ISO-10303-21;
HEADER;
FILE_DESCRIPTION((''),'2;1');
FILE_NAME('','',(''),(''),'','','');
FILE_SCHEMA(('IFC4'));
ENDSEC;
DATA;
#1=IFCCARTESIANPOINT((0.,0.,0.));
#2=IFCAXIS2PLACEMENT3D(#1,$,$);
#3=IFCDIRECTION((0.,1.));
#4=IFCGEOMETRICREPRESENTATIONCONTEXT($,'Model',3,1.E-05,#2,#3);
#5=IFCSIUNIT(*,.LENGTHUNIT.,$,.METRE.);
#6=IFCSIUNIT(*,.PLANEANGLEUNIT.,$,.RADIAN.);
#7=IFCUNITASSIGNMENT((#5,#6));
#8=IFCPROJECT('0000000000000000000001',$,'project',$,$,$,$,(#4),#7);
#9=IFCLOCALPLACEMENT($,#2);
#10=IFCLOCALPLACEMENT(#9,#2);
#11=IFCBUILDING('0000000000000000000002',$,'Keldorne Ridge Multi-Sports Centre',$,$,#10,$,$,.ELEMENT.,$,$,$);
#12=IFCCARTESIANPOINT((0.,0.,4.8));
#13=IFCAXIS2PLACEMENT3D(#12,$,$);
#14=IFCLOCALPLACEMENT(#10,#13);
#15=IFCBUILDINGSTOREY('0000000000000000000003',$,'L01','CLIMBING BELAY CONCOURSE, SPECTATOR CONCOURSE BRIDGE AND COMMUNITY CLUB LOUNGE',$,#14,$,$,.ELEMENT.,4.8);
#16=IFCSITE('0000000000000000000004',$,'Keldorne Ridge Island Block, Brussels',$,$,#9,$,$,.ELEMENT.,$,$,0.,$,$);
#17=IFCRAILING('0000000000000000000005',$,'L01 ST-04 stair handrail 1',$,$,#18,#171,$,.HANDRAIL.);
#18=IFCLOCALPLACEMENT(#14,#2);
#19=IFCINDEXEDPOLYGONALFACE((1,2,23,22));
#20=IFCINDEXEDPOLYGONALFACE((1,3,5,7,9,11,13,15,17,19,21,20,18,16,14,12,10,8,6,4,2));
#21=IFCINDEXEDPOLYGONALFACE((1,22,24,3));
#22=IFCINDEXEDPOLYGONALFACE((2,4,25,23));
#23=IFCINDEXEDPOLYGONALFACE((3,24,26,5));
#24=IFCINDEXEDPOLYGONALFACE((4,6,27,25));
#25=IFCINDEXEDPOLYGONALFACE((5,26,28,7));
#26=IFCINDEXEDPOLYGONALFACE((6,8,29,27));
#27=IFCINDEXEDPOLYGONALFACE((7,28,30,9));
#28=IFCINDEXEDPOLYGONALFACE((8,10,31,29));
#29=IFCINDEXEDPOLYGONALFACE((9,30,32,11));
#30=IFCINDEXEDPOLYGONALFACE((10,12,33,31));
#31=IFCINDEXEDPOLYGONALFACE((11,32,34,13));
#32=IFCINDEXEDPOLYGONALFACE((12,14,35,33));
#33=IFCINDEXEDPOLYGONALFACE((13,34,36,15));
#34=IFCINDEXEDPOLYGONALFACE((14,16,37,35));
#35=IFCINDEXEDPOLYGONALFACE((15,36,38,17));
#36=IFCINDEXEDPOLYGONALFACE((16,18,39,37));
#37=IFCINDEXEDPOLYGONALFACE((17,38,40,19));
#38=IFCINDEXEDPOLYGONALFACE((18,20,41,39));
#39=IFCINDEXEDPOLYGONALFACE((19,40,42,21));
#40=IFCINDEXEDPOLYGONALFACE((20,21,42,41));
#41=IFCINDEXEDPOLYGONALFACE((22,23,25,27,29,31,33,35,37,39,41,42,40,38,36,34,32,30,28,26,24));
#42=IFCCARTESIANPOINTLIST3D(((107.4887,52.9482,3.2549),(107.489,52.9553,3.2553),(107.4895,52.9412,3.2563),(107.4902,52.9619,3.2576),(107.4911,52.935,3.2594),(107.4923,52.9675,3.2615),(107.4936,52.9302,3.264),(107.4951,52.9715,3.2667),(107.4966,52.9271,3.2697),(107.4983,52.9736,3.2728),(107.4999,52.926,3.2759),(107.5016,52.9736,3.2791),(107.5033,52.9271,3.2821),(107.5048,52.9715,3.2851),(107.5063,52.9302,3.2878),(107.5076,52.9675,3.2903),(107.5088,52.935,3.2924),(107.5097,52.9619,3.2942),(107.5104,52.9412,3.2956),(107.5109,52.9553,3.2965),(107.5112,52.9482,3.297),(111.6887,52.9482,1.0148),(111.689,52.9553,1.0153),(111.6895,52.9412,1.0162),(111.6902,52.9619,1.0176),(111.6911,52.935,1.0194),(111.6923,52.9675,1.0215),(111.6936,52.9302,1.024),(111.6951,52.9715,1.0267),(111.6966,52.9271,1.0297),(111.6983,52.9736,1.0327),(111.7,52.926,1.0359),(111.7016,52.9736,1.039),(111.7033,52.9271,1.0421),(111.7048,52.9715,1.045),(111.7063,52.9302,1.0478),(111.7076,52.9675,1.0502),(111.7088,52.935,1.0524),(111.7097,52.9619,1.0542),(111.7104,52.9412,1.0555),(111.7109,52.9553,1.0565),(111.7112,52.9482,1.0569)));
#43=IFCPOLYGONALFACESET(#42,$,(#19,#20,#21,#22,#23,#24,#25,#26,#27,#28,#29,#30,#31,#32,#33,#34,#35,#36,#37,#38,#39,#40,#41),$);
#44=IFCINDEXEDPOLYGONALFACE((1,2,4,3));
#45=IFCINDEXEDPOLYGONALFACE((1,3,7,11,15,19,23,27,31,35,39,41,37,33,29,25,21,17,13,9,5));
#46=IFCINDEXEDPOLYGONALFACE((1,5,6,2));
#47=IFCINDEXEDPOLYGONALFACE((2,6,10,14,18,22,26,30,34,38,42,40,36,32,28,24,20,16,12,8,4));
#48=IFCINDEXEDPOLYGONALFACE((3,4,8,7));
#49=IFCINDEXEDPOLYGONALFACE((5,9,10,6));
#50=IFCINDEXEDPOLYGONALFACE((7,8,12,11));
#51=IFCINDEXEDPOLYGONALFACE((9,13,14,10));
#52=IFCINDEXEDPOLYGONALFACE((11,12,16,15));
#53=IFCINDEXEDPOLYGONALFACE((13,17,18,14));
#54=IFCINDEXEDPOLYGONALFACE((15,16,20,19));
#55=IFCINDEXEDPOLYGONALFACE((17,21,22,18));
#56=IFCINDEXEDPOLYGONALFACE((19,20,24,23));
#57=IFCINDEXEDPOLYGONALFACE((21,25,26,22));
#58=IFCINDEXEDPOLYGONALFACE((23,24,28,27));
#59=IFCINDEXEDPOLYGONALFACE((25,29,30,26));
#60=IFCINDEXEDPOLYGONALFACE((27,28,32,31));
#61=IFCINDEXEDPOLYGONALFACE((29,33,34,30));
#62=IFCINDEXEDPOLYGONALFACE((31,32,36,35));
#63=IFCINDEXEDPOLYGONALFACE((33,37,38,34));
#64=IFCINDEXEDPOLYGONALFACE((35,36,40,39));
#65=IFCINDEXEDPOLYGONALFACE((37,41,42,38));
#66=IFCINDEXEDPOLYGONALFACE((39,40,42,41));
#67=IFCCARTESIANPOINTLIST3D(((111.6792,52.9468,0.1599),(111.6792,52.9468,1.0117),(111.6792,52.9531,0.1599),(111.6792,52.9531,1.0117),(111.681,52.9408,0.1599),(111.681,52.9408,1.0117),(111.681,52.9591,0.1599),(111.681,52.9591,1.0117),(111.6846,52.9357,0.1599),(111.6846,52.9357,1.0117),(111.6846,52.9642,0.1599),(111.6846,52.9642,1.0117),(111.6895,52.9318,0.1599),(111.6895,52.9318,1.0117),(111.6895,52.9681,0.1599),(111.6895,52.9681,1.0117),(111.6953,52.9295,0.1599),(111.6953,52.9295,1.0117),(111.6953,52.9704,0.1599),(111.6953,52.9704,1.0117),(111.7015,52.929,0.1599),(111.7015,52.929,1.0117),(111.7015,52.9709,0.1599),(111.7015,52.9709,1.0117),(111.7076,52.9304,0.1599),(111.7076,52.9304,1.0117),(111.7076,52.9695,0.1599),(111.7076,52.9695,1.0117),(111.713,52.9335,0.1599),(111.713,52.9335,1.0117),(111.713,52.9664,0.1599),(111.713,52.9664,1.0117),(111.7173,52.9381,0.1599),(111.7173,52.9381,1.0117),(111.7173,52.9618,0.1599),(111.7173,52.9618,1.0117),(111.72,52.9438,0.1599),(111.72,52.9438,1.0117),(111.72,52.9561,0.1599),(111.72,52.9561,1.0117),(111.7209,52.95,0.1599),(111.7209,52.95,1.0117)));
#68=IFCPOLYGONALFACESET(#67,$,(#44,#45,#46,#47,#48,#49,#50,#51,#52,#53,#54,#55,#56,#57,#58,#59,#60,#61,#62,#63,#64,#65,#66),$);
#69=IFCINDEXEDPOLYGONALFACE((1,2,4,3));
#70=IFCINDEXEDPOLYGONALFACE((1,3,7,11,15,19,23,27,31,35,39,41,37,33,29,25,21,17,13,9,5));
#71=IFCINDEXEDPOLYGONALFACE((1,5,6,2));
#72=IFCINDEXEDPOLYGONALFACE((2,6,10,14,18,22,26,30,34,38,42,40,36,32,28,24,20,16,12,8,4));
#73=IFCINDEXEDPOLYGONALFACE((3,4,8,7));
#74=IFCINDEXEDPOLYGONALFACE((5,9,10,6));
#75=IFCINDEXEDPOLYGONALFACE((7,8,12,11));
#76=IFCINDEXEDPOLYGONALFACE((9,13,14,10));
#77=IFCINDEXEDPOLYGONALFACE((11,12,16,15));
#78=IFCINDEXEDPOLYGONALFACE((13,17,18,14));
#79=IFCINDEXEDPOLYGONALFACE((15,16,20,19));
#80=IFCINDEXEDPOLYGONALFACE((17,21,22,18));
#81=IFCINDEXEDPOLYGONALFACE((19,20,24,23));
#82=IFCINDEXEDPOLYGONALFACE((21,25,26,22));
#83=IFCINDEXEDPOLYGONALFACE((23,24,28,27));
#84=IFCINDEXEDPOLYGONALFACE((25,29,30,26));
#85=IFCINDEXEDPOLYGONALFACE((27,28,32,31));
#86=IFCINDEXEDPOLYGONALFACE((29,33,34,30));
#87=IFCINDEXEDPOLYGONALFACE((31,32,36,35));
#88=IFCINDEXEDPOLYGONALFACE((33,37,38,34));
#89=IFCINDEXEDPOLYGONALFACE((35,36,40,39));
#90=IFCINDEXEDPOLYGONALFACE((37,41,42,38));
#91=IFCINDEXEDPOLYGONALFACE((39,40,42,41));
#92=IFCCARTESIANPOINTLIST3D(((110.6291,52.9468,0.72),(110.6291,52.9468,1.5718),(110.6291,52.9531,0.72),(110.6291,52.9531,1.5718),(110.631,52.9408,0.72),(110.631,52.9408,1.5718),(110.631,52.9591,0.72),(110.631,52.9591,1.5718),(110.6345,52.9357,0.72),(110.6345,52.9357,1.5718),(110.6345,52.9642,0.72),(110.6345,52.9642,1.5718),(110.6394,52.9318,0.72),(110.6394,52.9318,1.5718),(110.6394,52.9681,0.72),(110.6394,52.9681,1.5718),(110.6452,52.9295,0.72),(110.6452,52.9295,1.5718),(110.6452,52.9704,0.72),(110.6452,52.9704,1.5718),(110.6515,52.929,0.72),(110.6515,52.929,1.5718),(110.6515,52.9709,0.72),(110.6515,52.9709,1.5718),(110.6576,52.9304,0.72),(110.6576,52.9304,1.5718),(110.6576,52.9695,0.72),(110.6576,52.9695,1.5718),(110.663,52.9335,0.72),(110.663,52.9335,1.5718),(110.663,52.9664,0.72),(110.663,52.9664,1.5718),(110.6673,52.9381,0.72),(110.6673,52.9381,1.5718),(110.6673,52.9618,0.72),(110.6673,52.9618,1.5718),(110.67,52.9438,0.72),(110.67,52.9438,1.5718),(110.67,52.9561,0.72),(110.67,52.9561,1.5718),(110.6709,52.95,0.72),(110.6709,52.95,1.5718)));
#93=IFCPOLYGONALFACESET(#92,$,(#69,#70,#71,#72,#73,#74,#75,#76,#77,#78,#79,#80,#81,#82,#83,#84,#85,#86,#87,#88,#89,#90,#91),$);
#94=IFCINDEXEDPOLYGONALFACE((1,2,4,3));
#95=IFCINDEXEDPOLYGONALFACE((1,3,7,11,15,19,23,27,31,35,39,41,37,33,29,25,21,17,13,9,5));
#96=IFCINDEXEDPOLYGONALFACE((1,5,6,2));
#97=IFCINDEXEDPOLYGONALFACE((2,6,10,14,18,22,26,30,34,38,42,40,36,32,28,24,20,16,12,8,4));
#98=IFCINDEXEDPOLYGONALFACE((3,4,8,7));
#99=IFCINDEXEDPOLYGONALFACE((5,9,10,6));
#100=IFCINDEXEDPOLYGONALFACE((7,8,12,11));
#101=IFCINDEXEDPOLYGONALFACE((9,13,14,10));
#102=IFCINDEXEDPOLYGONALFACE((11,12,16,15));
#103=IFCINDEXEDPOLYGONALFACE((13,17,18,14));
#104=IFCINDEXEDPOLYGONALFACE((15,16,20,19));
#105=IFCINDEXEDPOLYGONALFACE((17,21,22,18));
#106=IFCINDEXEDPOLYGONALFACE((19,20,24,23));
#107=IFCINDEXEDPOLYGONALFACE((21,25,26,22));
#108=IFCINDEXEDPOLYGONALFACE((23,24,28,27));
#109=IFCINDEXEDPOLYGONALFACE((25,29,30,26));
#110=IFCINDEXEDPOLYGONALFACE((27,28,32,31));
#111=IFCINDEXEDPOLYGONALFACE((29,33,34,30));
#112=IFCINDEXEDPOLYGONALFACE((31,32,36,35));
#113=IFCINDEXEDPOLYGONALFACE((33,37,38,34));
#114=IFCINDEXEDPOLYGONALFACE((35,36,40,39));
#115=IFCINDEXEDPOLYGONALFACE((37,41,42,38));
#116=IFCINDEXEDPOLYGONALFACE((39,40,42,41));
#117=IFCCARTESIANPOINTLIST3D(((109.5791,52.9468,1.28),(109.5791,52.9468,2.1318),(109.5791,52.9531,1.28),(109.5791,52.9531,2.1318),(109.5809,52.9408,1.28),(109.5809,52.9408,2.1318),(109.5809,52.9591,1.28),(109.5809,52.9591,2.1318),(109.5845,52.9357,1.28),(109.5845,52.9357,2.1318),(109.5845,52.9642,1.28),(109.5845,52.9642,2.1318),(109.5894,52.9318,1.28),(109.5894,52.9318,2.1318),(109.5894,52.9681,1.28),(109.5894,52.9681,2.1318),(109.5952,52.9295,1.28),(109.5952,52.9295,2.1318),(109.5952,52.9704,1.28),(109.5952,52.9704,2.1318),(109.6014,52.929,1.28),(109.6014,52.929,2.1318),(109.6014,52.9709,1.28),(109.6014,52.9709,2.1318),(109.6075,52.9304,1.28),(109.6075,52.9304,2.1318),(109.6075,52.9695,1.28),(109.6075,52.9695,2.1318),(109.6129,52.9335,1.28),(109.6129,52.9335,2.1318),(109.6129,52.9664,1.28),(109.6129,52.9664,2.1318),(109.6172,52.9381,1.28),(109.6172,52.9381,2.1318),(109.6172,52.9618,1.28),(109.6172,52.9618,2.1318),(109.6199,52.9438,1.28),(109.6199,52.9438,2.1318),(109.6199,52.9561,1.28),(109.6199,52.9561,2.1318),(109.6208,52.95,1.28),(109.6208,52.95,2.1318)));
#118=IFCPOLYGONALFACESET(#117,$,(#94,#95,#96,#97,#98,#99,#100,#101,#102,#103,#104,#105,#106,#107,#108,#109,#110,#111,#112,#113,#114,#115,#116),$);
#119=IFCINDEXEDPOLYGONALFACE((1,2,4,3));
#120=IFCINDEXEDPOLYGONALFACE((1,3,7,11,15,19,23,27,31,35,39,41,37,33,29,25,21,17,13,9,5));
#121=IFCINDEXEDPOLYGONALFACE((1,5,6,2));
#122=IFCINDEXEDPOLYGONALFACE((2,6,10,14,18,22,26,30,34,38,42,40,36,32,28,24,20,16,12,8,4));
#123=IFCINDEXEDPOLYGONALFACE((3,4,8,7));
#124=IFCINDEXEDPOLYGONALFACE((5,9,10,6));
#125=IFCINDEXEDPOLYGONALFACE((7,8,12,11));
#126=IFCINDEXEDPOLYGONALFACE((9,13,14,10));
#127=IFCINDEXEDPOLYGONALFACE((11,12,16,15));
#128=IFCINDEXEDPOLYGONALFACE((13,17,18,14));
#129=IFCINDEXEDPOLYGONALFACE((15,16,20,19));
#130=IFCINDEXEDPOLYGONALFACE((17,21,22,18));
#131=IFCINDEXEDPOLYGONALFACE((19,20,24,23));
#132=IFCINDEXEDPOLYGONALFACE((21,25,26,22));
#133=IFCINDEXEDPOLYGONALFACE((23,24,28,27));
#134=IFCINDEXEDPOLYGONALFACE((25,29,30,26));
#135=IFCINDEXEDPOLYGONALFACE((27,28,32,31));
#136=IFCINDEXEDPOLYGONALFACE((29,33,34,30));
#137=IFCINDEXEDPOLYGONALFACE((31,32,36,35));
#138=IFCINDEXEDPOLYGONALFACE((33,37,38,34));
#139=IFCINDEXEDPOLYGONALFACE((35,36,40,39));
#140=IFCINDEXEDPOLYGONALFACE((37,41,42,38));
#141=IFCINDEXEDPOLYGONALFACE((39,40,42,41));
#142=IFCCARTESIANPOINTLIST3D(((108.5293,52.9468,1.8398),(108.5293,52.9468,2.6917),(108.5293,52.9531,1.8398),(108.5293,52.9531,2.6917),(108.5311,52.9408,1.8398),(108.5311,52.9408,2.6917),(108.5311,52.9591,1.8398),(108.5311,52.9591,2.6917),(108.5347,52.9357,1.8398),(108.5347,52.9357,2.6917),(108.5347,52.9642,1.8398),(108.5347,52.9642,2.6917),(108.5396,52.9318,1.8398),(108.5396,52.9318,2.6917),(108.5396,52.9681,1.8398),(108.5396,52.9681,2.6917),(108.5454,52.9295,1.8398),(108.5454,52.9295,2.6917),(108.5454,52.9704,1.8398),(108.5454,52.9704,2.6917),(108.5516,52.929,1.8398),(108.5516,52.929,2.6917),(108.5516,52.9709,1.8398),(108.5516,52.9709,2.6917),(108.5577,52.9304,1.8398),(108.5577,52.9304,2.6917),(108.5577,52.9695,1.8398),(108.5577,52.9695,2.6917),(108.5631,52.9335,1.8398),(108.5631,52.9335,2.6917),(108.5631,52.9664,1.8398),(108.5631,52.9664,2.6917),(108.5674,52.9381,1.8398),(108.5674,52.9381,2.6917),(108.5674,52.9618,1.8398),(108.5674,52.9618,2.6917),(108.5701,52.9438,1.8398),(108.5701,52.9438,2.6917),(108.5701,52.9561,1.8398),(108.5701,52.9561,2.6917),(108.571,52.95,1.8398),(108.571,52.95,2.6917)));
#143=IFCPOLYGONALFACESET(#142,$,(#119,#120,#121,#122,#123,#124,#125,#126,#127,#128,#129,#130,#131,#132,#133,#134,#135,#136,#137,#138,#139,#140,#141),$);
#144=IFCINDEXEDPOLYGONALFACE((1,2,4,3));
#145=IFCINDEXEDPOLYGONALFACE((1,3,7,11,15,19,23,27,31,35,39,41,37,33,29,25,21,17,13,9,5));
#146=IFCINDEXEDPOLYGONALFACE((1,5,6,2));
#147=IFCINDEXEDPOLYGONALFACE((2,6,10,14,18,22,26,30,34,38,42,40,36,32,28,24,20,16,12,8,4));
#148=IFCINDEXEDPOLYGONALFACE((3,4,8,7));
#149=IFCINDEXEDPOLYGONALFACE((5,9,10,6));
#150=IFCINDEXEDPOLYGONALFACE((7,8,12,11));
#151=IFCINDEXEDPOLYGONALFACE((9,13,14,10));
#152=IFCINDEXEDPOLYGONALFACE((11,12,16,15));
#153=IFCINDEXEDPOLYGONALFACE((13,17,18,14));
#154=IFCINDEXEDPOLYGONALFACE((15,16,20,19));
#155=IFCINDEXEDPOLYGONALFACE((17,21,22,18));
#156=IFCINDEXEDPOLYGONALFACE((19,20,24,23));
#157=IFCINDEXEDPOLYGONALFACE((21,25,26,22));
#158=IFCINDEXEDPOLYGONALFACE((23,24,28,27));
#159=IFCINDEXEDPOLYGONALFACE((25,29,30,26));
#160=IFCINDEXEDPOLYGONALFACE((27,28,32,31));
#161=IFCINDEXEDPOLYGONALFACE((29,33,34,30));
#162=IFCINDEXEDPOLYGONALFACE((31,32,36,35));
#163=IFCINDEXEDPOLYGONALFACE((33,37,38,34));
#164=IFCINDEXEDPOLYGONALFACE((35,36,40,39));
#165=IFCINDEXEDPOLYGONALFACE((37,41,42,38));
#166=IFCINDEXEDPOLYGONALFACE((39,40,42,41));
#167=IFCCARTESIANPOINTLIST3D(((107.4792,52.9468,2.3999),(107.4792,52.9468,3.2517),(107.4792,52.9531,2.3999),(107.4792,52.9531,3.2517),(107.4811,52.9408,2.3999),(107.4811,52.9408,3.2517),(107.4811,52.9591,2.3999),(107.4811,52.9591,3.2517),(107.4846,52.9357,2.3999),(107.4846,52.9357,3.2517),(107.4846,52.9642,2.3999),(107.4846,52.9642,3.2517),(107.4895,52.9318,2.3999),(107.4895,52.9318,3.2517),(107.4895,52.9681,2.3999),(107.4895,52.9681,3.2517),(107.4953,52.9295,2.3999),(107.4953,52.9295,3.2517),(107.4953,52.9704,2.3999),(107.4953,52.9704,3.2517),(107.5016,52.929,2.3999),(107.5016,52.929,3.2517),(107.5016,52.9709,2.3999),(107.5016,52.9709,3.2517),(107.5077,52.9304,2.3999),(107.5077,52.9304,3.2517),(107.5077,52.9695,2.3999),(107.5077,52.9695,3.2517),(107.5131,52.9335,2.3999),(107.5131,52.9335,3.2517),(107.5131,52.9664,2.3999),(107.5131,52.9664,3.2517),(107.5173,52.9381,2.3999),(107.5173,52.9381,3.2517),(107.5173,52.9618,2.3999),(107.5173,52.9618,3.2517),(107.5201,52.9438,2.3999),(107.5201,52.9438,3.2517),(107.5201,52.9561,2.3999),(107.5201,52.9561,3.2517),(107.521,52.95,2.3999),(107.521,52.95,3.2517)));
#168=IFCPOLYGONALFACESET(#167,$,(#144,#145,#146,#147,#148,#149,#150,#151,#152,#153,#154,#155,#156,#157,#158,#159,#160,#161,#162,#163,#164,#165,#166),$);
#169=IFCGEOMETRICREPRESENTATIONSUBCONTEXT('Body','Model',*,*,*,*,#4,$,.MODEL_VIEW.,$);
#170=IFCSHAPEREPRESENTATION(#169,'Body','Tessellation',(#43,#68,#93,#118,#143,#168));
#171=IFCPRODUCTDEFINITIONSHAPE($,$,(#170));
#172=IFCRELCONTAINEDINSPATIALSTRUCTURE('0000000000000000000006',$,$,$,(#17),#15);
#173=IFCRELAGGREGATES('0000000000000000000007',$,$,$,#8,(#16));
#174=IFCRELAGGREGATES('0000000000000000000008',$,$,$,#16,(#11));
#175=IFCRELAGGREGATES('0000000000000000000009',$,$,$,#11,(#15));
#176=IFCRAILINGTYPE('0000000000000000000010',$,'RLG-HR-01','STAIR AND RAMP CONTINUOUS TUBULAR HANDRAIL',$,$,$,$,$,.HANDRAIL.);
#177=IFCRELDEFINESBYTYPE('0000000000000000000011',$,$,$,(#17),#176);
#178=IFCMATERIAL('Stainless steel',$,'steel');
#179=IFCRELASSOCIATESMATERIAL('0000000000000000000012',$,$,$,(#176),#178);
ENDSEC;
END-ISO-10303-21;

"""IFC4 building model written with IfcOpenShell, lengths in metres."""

from ifc_helpers import new_model, si_unit, direction, frame, origin, origin_2d, place, context, subcontext, project, spatial, circle, extrude, material, type_object, element, save


model = new_model("IFC4")

# Units and contexts
model_context = context("Model", 3, precision=1e-05, world=origin(), true_north=direction((0.0, 1.0)))
body_context = subcontext(model_context, "Body", "Model", "MODEL_VIEW")
ifc_project = project(units=[si_unit("LENGTHUNIT", "METRE"), si_unit("PLANEANGLEUNIT", "RADIAN")], contexts=[model_context])

# Site, building, storey
site_placement = place(None, origin())
site = spatial("IfcSite", under=ifc_project, at=site_placement, Name="Keldorne Ridge Island Block, Brussels", CompositionType="ELEMENT", RefElevation=0.0)
building_placement = place(site_placement, origin())
building = spatial("IfcBuilding", under=site, at=building_placement, Name="Keldorne Ridge Multi-Sports Centre", CompositionType="ELEMENT")
storey_placement = place(building_placement, frame((0.0, 0.0, 4.8)))
storey = spatial("IfcBuildingStorey", under=building, at=storey_placement, Name="L01", Description="CLIMBING BELAY CONCOURSE, SPECTATOR CONCOURSE BRIDGE AND COMMUNITY CLUB LOUNGE", CompositionType="ELEMENT", Elevation=4.8)

# Railing
ifc_material_1 = material(Name="Stainless steel", Category="steel")
railing_type_1 = type_object("IfcRailingType", Name="RLG-HR-01", Description="STAIR AND RAMP CONTINUOUS TUBULAR HANDRAIL", PredefinedType="HANDRAIL", material=ifc_material_1)
railing_1_placement = place(storey_placement, frame((111.7, 52.95, 0.1599)))
element("IfcRailing", 1, at=railing_1_placement, inside=storey, type_object=railing_type_1, Name="L01 ST-04 stair handrail 1", PredefinedType="HANDRAIL", context=body_context, shape_type="SweptSolid", body=[
    extrude(circle(Radius=0.0239, at=origin_2d()), frame((0.0, 0.0, 0.876), z_axis=(-0.882352, 0.0, 0.470591), x_axis=(0.0, -1.0, 0.0)), (0.0, 0.0, 1.0), 4.76),
    extrude(circle(Radius=0.021, at=origin_2d()), origin(), (0.0, 0.0, 1.0), 0.8518),
    extrude(circle(Radius=0.021, at=origin_2d()), frame((-1.05, 0.0, 0.5601)), (0.0, 0.0, 1.0), 0.8518),
    extrude(circle(Radius=0.021, at=origin_2d()), frame((-2.1001, 0.0, 1.1201)), (0.0, 0.0, 1.0), 0.8518),
    extrude(circle(Radius=0.021, at=origin_2d()), frame((-3.1499, 0.0, 1.6799)), (0.0, 0.0, 1.0), 0.8518),
    extrude(circle(Radius=0.021, at=origin_2d()), frame((-4.2, 0.0, 2.24)), (0.0, 0.0, 1.0), 0.8518),
])

save(model, "model.ifc")
